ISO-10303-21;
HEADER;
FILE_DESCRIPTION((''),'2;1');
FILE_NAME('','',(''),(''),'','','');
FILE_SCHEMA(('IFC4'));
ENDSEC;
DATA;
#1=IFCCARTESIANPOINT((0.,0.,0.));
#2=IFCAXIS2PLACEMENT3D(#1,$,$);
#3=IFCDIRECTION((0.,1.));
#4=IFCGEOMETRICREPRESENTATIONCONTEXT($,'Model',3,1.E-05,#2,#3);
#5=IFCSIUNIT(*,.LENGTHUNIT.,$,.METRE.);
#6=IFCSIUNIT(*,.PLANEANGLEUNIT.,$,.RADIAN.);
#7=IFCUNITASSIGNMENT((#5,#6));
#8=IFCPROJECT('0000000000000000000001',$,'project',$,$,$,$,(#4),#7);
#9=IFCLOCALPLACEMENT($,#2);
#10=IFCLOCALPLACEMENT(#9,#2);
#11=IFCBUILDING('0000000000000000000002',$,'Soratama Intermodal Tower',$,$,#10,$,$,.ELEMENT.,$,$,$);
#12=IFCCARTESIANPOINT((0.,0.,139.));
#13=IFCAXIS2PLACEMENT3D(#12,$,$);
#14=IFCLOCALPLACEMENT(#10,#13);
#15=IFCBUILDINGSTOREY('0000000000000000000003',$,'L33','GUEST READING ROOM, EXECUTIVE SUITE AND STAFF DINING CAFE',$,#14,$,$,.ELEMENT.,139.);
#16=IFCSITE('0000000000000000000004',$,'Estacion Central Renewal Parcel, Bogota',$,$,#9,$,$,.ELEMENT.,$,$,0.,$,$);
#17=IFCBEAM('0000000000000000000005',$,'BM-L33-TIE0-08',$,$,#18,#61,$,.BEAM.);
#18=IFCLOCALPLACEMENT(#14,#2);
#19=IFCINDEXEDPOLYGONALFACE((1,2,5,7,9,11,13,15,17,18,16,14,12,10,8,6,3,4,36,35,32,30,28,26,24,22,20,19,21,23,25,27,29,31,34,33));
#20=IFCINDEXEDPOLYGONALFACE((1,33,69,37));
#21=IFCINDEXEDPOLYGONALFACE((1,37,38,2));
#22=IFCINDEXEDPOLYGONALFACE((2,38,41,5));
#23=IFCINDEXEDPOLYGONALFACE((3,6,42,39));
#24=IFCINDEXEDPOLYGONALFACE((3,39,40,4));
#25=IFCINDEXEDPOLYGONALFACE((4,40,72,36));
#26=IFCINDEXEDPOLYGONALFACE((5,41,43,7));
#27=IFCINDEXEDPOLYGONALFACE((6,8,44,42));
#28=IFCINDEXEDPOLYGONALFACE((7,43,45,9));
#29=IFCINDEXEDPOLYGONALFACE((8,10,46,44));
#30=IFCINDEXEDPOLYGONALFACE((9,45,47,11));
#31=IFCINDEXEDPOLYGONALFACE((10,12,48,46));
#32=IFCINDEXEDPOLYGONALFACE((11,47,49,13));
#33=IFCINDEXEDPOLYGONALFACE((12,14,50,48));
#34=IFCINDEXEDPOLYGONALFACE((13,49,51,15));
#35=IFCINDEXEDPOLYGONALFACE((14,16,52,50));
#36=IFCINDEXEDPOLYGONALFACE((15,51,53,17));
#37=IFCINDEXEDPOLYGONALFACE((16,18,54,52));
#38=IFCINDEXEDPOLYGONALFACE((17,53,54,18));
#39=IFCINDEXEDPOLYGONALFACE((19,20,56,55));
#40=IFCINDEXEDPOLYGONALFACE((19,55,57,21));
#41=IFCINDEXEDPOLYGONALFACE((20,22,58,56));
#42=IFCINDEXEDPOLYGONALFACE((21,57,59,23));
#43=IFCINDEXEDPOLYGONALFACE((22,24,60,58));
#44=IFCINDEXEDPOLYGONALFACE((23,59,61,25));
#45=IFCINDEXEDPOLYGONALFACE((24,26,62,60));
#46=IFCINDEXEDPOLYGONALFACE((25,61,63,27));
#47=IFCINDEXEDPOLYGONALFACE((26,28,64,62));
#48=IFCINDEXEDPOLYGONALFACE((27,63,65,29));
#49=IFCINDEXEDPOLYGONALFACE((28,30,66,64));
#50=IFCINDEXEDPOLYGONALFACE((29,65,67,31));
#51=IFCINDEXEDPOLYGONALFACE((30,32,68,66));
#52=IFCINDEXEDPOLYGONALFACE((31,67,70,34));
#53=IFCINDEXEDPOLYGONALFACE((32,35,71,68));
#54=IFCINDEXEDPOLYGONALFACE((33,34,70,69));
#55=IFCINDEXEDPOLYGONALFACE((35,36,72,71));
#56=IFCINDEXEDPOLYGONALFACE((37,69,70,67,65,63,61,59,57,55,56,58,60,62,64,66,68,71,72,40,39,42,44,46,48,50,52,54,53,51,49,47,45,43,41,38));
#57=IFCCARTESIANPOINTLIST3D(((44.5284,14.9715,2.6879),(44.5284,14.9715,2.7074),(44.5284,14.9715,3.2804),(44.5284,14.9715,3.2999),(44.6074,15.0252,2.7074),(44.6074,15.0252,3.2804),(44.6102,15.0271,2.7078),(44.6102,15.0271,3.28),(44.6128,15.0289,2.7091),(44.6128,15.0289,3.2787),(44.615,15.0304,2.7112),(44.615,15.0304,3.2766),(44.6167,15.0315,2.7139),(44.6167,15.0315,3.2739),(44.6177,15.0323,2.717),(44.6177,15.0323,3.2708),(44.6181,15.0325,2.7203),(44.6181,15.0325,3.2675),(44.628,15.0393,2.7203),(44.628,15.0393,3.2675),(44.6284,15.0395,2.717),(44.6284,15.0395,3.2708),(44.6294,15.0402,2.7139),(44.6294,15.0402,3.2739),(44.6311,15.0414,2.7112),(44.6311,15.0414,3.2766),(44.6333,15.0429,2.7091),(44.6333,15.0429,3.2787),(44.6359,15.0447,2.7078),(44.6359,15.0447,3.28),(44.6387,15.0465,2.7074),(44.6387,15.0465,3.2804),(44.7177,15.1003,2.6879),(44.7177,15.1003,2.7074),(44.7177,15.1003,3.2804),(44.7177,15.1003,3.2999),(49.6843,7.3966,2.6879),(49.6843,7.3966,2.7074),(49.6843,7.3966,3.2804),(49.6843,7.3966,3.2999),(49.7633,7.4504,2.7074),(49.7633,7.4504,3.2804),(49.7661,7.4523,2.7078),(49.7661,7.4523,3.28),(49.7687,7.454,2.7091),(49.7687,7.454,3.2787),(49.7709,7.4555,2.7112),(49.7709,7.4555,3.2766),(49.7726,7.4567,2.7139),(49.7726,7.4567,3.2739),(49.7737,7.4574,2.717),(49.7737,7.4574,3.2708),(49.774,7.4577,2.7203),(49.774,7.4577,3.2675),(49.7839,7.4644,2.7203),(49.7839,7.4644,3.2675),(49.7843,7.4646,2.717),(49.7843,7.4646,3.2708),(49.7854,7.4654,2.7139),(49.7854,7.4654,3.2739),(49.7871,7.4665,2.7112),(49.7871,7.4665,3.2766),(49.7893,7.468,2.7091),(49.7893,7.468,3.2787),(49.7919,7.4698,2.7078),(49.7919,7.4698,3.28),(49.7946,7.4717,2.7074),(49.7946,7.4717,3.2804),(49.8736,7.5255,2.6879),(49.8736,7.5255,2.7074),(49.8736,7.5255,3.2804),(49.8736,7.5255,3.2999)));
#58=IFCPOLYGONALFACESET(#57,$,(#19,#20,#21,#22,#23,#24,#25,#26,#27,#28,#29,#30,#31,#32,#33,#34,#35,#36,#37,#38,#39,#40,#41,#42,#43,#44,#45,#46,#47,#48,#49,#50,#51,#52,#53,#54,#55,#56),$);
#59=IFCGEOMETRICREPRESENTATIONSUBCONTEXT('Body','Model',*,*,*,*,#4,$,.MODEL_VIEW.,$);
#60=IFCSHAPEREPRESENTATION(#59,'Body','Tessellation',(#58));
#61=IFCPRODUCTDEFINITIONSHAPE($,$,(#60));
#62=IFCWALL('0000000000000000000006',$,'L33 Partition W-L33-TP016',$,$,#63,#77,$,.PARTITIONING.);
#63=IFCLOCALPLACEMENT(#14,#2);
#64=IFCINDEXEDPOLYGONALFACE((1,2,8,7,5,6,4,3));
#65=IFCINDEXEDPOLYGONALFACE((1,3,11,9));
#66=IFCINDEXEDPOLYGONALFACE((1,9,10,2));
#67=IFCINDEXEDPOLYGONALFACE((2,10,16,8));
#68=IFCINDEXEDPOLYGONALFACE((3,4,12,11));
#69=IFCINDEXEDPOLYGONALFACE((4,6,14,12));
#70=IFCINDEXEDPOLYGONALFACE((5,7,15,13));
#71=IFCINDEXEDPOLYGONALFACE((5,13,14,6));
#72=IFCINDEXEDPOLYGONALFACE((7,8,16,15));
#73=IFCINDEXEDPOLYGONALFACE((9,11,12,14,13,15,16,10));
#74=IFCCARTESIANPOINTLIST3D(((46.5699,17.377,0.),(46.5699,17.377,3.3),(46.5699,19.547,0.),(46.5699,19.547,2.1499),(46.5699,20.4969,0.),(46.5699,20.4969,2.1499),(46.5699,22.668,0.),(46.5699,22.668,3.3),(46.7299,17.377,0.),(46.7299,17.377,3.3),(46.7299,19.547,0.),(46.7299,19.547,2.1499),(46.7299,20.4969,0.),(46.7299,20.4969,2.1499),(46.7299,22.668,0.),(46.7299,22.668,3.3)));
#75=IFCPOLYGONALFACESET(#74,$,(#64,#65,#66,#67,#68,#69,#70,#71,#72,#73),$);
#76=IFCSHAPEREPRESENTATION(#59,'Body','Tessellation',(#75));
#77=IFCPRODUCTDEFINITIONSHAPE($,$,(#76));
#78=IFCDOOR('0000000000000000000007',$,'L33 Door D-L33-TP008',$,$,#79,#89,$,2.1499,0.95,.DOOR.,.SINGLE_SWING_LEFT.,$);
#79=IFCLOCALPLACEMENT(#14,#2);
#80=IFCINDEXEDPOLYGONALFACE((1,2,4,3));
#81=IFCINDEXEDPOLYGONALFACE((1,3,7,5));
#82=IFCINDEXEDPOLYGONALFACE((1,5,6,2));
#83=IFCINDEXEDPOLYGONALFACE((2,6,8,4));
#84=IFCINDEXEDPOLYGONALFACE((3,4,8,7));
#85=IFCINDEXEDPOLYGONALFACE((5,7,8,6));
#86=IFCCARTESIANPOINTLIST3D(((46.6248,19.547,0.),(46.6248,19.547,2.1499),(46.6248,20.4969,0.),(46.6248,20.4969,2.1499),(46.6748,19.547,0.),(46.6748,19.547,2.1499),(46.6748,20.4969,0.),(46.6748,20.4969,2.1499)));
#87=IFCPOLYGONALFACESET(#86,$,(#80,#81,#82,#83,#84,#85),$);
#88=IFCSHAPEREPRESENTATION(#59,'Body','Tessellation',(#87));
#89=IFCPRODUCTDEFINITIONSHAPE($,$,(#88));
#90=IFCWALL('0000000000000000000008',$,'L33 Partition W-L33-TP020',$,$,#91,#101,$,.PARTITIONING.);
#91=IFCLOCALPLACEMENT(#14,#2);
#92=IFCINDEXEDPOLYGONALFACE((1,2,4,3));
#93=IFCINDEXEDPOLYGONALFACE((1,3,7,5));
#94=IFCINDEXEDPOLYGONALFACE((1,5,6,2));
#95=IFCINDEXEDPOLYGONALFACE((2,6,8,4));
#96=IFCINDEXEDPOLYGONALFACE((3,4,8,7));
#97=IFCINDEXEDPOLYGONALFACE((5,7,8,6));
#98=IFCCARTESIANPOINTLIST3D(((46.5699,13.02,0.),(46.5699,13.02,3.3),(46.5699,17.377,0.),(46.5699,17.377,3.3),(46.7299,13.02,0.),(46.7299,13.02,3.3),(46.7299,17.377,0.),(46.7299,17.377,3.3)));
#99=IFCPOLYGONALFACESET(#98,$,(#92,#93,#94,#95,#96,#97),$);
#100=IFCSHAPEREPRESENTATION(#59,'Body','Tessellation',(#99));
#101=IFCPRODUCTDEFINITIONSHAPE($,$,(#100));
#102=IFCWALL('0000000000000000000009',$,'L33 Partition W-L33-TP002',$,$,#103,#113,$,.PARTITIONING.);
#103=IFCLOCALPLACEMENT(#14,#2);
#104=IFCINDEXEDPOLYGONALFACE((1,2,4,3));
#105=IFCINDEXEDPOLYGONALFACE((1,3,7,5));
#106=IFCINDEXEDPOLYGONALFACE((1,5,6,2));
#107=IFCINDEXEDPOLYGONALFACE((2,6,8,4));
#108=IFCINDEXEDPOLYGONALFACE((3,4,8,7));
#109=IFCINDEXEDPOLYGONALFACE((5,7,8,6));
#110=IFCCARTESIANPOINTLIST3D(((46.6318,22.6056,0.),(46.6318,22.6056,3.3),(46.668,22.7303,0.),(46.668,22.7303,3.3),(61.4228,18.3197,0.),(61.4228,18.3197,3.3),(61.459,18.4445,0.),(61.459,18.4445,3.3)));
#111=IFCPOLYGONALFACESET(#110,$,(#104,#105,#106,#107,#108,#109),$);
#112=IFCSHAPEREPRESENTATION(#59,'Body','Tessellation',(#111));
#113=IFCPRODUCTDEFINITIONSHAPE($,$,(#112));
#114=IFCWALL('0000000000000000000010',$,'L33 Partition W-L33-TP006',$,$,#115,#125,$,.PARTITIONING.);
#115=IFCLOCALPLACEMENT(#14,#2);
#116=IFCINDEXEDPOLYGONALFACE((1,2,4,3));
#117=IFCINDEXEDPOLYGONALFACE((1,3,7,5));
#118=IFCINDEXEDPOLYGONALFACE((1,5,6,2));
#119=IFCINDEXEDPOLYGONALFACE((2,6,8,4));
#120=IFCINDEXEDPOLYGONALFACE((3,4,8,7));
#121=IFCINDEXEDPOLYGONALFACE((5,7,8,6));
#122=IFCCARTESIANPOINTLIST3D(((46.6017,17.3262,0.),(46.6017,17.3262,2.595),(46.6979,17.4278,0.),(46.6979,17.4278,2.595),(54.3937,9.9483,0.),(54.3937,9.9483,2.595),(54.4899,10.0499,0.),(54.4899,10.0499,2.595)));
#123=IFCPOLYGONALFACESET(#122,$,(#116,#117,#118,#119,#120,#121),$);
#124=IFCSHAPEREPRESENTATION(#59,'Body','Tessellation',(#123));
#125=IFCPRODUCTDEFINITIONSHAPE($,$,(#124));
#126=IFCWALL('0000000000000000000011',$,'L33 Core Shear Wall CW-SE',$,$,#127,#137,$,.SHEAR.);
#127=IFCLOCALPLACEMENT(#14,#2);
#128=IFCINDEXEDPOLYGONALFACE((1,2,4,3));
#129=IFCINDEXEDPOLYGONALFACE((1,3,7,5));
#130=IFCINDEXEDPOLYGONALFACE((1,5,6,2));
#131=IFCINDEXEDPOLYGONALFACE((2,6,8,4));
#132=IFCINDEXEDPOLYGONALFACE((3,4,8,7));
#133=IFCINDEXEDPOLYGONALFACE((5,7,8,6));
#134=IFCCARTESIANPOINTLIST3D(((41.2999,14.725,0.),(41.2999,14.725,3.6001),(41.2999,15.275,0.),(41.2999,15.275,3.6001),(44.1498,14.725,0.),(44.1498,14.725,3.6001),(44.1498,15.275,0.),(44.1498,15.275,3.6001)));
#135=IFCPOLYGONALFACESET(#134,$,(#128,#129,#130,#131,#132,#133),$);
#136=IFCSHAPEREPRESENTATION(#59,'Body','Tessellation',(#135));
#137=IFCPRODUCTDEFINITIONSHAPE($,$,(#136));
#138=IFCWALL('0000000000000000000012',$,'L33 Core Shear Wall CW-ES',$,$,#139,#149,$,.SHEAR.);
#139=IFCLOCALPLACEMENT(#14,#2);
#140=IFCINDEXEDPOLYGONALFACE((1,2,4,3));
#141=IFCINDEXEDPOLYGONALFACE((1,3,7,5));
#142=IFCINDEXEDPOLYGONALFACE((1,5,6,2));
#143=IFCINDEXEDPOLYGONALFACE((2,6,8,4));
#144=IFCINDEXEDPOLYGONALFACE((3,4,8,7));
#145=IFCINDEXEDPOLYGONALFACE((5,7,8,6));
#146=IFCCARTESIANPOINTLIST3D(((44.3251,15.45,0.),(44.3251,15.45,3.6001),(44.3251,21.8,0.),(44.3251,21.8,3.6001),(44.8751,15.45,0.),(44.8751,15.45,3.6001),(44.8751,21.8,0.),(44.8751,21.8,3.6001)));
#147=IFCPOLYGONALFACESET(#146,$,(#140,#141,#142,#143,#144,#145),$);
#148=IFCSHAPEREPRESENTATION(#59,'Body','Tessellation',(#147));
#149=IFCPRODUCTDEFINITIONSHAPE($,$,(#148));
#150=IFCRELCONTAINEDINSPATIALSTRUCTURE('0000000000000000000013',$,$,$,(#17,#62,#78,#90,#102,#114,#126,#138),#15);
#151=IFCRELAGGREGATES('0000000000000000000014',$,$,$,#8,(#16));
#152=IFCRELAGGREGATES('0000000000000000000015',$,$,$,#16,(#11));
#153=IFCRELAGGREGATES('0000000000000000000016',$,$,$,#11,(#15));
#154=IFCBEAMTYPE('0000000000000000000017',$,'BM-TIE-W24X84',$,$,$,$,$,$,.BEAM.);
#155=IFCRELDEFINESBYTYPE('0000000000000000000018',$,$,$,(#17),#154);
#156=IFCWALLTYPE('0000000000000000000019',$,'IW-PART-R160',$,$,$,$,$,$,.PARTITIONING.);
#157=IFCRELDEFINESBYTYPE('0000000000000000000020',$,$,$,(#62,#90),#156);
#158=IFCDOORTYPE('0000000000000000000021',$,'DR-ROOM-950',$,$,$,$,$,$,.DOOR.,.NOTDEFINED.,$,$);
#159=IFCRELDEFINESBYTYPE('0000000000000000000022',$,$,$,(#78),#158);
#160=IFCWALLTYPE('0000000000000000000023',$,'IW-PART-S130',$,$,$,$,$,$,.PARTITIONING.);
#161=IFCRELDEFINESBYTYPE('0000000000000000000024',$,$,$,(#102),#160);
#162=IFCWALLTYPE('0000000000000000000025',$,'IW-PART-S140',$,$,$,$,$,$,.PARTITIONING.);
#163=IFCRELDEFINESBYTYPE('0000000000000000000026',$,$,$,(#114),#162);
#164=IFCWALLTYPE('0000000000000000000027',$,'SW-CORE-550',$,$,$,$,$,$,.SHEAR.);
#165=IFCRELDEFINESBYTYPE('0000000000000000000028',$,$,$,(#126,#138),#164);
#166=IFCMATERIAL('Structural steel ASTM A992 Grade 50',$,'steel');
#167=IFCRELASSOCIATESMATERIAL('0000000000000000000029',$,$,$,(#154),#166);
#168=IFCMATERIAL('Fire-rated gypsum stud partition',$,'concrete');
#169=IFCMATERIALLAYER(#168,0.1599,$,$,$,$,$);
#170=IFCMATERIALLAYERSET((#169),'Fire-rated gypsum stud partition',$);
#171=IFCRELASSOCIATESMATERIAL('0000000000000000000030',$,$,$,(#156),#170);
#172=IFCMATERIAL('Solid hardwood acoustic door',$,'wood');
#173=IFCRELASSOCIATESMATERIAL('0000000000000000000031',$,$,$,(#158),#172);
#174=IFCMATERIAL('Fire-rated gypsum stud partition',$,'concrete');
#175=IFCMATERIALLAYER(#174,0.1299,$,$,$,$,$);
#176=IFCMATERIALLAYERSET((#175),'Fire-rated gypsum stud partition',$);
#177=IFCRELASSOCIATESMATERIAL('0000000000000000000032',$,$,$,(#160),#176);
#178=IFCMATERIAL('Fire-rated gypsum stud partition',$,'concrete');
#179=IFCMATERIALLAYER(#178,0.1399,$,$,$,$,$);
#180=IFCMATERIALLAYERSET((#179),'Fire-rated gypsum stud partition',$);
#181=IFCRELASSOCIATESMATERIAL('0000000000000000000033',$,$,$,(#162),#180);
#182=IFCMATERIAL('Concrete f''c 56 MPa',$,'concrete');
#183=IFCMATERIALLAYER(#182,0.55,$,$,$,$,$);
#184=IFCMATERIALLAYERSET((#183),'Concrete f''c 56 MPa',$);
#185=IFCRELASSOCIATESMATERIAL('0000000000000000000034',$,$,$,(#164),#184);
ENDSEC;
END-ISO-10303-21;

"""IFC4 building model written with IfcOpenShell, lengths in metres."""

from ifc_helpers import new_model, si_unit, direction, frame, frame_2d, origin, origin_2d, place, context, subcontext, project, spatial, rectangle, i_section, extrude, material, layer, layer_set, material_profile, profile_set, type_object, element, fill, save


model = new_model("IFC4")

# Units and contexts
model_context = context("Model", 3, precision=1e-05, world=origin(), true_north=direction((0.0, 1.0)))
body_context = subcontext(model_context, "Body", "Model", "MODEL_VIEW")
ifc_project = project(units=[si_unit("LENGTHUNIT", "METRE"), si_unit("PLANEANGLEUNIT", "RADIAN")], contexts=[model_context])

# Site, building, storey
site_placement = place(None, origin())
site = spatial("IfcSite", under=ifc_project, at=site_placement, Name="Estacion Central Renewal Parcel, Bogota", CompositionType="ELEMENT", RefElevation=0.0)
building_placement = place(site_placement, origin())
building = spatial("IfcBuilding", under=site, at=building_placement, Name="Soratama Intermodal Tower", CompositionType="ELEMENT")
storey_placement = place(building_placement, frame((0.0, 0.0, 139.0)))
storey = spatial("IfcBuildingStorey", under=building, at=storey_placement, Name="L33", Description="GUEST READING ROOM, EXECUTIVE SUITE AND STAFF DINING CAFE", CompositionType="ELEMENT", Elevation=139.0)

# Beam
ifc_material_1 = material(Name="Structural steel ASTM A992 Grade 50", Category="steel")
ifc_material_profile_1 = material_profile(ifc_material_1, i_section(OverallWidth=0.229, OverallDepth=0.6121, WebThickness=0.012, FlangeThickness=0.0195, FilletRadius=0.0129, at=origin_2d()), Name="W24X84")
ifc_profile_set_1 = profile_set([ifc_material_profile_1], Name="Structural steel ASTM A992 Grade 50")
beam_type_1 = type_object("IfcBeamType", Name="BM-TIE-W24X84", PredefinedType="BEAM", material=ifc_profile_set_1)
beam_1_placement = place(storey_placement, frame((44.623, 15.0359, 2.9939), z_axis=(0.562686, -0.826671, 0.0), x_axis=(0.826671, 0.562686, 0.0)))
element("IfcBeam", 1, at=beam_1_placement, inside=storey, type_object=beam_type_1, Name="BM-L33-TIE0-08", PredefinedType="BEAM", context=body_context, shape_type="SweptSolid", body=[
    extrude(i_section(OverallWidth=0.229, OverallDepth=0.6121, WebThickness=0.012, FlangeThickness=0.0195, FilletRadius=0.0129, at=origin_2d()), origin(), (0.0, 0.0, 1.0), 9.1631),
])

# Wall, opening, door
ifc_material_2 = material(Name="Fire-rated gypsum stud partition", Category="concrete")
ifc_layer_1 = layer(ifc_material_2, 0.1599)
ifc_layer_set_1 = layer_set([ifc_layer_1], Name="Fire-rated gypsum stud partition")
wall_type_1 = type_object("IfcWallType", Name="IW-PART-R160", PredefinedType="PARTITIONING", material=ifc_layer_set_1)
wall_1_placement = place(storey_placement, frame((46.6499, 22.668, 0.0), z_axis=(0.0, 0.0, 1.0), x_axis=(0.0, -1.0, 0.0)))
wall_1 = element("IfcWall", 2, at=wall_1_placement, inside=storey, type_object=wall_type_1, Name="L33 Partition W-L33-TP016", PredefinedType="PARTITIONING", context=body_context, shape_type="SweptSolid", body=[
    extrude(rectangle(XDim=5.291, YDim=0.1599, at=frame_2d((2.6455, 0.0))), origin(), (0.0, 0.0, 1.0), 3.3),
])
opening_1_placement = place(wall_1_placement, frame((2.1709, 0.0, 0.0)))
opening_1 = element("IfcOpeningElement", 3, at=opening_1_placement, cuts=wall_1, PredefinedType="OPENING", context=body_context, shape_type="SweptSolid", body=[
    extrude(rectangle(XDim=0.95, YDim=2.1499, at=frame_2d((0.4751, 1.075))), frame((0.0, 0.0898, 0.0), z_axis=(0.0, -1.0, 0.0), x_axis=(1.0, 0.0, 0.0)), (0.0, 0.0, 1.0), 0.1799),
])
ifc_material_3 = material(Name="Solid hardwood acoustic door", Category="wood")
door_type_1 = type_object("IfcDoorType", Name="DR-ROOM-950", OperationType="NOTDEFINED", PredefinedType="DOOR", material=ifc_material_3)
door_1_placement = place(opening_1_placement, origin())
door_1 = element("IfcDoor", 4, at=door_1_placement, inside=storey, type_object=door_type_1, Name="L33 Door D-L33-TP008", OperationType="SINGLE_SWING_LEFT", OverallHeight=2.1499, OverallWidth=0.95, PredefinedType="DOOR", context=body_context, shape_type="SweptSolid", body=[
    extrude(rectangle(XDim=0.95, YDim=2.1499, at=frame_2d((0.4751, 1.075))), frame((0.0, 0.0249, 0.0), z_axis=(0.0, -1.0, 0.0), x_axis=(1.0, 0.0, 0.0)), (0.0, 0.0, 1.0), 0.05),
])
fill(opening_1, door_1)

# Wall
wall_2_placement = place(storey_placement, frame((46.6499, 17.377, 0.0), z_axis=(0.0, 0.0, 1.0), x_axis=(0.0, -1.0, 0.0)))
element("IfcWall", 5, at=wall_2_placement, inside=storey, type_object=wall_type_1, Name="L33 Partition W-L33-TP020", PredefinedType="PARTITIONING", context=body_context, shape_type="SweptSolid", body=[
    extrude(rectangle(XDim=4.3569, YDim=0.1599, at=frame_2d((2.1785, 0.0))), origin(), (0.0, 0.0, 1.0), 3.3),
])

# Walls
ifc_material_4 = material(Name="Fire-rated gypsum stud partition", Category="concrete")
ifc_layer_2 = layer(ifc_material_4, 0.1299)
ifc_layer_set_2 = layer_set([ifc_layer_2], Name="Fire-rated gypsum stud partition")
wall_type_2 = type_object("IfcWallType", Name="IW-PART-S130", PredefinedType="PARTITIONING", material=ifc_layer_set_2)
wall_3_placement = place(storey_placement, frame((46.6499, 22.668, 0.0), z_axis=(0.0, 0.0, 1.0), x_axis=(0.96049, -0.278314, 0.0)))
element("IfcWall", 6, at=wall_3_placement, inside=storey, type_object=wall_type_2, Name="L33 Partition W-L33-TP002", PredefinedType="PARTITIONING", context=body_context, shape_type="SweptSolid", body=[
    extrude(rectangle(XDim=15.3994, YDim=0.1299, at=frame_2d((7.6997, 0.0))), origin(), (0.0, 0.0, 1.0), 3.3),
])
ifc_material_5 = material(Name="Fire-rated gypsum stud partition", Category="concrete")
ifc_layer_3 = layer(ifc_material_5, 0.1399)
ifc_layer_set_3 = layer_set([ifc_layer_3], Name="Fire-rated gypsum stud partition")
wall_type_3 = type_object("IfcWallType", Name="IW-PART-S140", PredefinedType="PARTITIONING", material=ifc_layer_set_3)
wall_4_placement = place(storey_placement, frame((46.6499, 17.377, 0.0), z_axis=(0.0, 0.0, 1.0), x_axis=(0.726137, -0.68755, 0.0)))
element("IfcWall", 7, at=wall_4_placement, inside=storey, type_object=wall_type_3, Name="L33 Partition W-L33-TP006", PredefinedType="PARTITIONING", context=body_context, shape_type="SweptSolid", body=[
    extrude(rectangle(XDim=10.7307, YDim=0.1399, at=frame_2d((5.3652, 0.0))), origin(), (0.0, 0.0, 1.0), 2.595),
])
ifc_material_6 = material(Name="Concrete f'c 56 MPa", Category="concrete")
ifc_layer_4 = layer(ifc_material_6, 0.55)
ifc_layer_set_4 = layer_set([ifc_layer_4], Name="Concrete f'c 56 MPa")
wall_type_4 = type_object("IfcWallType", Name="SW-CORE-550", PredefinedType="SHEAR", material=ifc_layer_set_4)
wall_5_placement = place(storey_placement, frame((41.3, 15.0, 0.0), z_axis=(0.0, 0.0, 1.0), x_axis=(1.0, 0.0, 0.0)))
element("IfcWall", 8, at=wall_5_placement, inside=storey, type_object=wall_type_4, Name="L33 Core Shear Wall CW-SE", PredefinedType="SHEAR", context=body_context, shape_type="SweptSolid", body=[
    extrude(rectangle(XDim=2.8499, YDim=0.55, at=frame_2d((1.4248, 0.0))), origin(), (0.0, 0.0, 1.0), 3.6001),
])
wall_6_placement = place(storey_placement, frame((44.6001, 15.45, 0.0), z_axis=(0.0, 0.0, 1.0), x_axis=(0.0, 1.0, 0.0)))
element("IfcWall", 9, at=wall_6_placement, inside=storey, type_object=wall_type_4, Name="L33 Core Shear Wall CW-ES", PredefinedType="SHEAR", context=body_context, shape_type="SweptSolid", body=[
    extrude(rectangle(XDim=6.3501, YDim=0.55, at=frame_2d((3.175, 0.0))), origin(), (0.0, 0.0, 1.0), 3.6001),
])

save(model, "model.ifc")
